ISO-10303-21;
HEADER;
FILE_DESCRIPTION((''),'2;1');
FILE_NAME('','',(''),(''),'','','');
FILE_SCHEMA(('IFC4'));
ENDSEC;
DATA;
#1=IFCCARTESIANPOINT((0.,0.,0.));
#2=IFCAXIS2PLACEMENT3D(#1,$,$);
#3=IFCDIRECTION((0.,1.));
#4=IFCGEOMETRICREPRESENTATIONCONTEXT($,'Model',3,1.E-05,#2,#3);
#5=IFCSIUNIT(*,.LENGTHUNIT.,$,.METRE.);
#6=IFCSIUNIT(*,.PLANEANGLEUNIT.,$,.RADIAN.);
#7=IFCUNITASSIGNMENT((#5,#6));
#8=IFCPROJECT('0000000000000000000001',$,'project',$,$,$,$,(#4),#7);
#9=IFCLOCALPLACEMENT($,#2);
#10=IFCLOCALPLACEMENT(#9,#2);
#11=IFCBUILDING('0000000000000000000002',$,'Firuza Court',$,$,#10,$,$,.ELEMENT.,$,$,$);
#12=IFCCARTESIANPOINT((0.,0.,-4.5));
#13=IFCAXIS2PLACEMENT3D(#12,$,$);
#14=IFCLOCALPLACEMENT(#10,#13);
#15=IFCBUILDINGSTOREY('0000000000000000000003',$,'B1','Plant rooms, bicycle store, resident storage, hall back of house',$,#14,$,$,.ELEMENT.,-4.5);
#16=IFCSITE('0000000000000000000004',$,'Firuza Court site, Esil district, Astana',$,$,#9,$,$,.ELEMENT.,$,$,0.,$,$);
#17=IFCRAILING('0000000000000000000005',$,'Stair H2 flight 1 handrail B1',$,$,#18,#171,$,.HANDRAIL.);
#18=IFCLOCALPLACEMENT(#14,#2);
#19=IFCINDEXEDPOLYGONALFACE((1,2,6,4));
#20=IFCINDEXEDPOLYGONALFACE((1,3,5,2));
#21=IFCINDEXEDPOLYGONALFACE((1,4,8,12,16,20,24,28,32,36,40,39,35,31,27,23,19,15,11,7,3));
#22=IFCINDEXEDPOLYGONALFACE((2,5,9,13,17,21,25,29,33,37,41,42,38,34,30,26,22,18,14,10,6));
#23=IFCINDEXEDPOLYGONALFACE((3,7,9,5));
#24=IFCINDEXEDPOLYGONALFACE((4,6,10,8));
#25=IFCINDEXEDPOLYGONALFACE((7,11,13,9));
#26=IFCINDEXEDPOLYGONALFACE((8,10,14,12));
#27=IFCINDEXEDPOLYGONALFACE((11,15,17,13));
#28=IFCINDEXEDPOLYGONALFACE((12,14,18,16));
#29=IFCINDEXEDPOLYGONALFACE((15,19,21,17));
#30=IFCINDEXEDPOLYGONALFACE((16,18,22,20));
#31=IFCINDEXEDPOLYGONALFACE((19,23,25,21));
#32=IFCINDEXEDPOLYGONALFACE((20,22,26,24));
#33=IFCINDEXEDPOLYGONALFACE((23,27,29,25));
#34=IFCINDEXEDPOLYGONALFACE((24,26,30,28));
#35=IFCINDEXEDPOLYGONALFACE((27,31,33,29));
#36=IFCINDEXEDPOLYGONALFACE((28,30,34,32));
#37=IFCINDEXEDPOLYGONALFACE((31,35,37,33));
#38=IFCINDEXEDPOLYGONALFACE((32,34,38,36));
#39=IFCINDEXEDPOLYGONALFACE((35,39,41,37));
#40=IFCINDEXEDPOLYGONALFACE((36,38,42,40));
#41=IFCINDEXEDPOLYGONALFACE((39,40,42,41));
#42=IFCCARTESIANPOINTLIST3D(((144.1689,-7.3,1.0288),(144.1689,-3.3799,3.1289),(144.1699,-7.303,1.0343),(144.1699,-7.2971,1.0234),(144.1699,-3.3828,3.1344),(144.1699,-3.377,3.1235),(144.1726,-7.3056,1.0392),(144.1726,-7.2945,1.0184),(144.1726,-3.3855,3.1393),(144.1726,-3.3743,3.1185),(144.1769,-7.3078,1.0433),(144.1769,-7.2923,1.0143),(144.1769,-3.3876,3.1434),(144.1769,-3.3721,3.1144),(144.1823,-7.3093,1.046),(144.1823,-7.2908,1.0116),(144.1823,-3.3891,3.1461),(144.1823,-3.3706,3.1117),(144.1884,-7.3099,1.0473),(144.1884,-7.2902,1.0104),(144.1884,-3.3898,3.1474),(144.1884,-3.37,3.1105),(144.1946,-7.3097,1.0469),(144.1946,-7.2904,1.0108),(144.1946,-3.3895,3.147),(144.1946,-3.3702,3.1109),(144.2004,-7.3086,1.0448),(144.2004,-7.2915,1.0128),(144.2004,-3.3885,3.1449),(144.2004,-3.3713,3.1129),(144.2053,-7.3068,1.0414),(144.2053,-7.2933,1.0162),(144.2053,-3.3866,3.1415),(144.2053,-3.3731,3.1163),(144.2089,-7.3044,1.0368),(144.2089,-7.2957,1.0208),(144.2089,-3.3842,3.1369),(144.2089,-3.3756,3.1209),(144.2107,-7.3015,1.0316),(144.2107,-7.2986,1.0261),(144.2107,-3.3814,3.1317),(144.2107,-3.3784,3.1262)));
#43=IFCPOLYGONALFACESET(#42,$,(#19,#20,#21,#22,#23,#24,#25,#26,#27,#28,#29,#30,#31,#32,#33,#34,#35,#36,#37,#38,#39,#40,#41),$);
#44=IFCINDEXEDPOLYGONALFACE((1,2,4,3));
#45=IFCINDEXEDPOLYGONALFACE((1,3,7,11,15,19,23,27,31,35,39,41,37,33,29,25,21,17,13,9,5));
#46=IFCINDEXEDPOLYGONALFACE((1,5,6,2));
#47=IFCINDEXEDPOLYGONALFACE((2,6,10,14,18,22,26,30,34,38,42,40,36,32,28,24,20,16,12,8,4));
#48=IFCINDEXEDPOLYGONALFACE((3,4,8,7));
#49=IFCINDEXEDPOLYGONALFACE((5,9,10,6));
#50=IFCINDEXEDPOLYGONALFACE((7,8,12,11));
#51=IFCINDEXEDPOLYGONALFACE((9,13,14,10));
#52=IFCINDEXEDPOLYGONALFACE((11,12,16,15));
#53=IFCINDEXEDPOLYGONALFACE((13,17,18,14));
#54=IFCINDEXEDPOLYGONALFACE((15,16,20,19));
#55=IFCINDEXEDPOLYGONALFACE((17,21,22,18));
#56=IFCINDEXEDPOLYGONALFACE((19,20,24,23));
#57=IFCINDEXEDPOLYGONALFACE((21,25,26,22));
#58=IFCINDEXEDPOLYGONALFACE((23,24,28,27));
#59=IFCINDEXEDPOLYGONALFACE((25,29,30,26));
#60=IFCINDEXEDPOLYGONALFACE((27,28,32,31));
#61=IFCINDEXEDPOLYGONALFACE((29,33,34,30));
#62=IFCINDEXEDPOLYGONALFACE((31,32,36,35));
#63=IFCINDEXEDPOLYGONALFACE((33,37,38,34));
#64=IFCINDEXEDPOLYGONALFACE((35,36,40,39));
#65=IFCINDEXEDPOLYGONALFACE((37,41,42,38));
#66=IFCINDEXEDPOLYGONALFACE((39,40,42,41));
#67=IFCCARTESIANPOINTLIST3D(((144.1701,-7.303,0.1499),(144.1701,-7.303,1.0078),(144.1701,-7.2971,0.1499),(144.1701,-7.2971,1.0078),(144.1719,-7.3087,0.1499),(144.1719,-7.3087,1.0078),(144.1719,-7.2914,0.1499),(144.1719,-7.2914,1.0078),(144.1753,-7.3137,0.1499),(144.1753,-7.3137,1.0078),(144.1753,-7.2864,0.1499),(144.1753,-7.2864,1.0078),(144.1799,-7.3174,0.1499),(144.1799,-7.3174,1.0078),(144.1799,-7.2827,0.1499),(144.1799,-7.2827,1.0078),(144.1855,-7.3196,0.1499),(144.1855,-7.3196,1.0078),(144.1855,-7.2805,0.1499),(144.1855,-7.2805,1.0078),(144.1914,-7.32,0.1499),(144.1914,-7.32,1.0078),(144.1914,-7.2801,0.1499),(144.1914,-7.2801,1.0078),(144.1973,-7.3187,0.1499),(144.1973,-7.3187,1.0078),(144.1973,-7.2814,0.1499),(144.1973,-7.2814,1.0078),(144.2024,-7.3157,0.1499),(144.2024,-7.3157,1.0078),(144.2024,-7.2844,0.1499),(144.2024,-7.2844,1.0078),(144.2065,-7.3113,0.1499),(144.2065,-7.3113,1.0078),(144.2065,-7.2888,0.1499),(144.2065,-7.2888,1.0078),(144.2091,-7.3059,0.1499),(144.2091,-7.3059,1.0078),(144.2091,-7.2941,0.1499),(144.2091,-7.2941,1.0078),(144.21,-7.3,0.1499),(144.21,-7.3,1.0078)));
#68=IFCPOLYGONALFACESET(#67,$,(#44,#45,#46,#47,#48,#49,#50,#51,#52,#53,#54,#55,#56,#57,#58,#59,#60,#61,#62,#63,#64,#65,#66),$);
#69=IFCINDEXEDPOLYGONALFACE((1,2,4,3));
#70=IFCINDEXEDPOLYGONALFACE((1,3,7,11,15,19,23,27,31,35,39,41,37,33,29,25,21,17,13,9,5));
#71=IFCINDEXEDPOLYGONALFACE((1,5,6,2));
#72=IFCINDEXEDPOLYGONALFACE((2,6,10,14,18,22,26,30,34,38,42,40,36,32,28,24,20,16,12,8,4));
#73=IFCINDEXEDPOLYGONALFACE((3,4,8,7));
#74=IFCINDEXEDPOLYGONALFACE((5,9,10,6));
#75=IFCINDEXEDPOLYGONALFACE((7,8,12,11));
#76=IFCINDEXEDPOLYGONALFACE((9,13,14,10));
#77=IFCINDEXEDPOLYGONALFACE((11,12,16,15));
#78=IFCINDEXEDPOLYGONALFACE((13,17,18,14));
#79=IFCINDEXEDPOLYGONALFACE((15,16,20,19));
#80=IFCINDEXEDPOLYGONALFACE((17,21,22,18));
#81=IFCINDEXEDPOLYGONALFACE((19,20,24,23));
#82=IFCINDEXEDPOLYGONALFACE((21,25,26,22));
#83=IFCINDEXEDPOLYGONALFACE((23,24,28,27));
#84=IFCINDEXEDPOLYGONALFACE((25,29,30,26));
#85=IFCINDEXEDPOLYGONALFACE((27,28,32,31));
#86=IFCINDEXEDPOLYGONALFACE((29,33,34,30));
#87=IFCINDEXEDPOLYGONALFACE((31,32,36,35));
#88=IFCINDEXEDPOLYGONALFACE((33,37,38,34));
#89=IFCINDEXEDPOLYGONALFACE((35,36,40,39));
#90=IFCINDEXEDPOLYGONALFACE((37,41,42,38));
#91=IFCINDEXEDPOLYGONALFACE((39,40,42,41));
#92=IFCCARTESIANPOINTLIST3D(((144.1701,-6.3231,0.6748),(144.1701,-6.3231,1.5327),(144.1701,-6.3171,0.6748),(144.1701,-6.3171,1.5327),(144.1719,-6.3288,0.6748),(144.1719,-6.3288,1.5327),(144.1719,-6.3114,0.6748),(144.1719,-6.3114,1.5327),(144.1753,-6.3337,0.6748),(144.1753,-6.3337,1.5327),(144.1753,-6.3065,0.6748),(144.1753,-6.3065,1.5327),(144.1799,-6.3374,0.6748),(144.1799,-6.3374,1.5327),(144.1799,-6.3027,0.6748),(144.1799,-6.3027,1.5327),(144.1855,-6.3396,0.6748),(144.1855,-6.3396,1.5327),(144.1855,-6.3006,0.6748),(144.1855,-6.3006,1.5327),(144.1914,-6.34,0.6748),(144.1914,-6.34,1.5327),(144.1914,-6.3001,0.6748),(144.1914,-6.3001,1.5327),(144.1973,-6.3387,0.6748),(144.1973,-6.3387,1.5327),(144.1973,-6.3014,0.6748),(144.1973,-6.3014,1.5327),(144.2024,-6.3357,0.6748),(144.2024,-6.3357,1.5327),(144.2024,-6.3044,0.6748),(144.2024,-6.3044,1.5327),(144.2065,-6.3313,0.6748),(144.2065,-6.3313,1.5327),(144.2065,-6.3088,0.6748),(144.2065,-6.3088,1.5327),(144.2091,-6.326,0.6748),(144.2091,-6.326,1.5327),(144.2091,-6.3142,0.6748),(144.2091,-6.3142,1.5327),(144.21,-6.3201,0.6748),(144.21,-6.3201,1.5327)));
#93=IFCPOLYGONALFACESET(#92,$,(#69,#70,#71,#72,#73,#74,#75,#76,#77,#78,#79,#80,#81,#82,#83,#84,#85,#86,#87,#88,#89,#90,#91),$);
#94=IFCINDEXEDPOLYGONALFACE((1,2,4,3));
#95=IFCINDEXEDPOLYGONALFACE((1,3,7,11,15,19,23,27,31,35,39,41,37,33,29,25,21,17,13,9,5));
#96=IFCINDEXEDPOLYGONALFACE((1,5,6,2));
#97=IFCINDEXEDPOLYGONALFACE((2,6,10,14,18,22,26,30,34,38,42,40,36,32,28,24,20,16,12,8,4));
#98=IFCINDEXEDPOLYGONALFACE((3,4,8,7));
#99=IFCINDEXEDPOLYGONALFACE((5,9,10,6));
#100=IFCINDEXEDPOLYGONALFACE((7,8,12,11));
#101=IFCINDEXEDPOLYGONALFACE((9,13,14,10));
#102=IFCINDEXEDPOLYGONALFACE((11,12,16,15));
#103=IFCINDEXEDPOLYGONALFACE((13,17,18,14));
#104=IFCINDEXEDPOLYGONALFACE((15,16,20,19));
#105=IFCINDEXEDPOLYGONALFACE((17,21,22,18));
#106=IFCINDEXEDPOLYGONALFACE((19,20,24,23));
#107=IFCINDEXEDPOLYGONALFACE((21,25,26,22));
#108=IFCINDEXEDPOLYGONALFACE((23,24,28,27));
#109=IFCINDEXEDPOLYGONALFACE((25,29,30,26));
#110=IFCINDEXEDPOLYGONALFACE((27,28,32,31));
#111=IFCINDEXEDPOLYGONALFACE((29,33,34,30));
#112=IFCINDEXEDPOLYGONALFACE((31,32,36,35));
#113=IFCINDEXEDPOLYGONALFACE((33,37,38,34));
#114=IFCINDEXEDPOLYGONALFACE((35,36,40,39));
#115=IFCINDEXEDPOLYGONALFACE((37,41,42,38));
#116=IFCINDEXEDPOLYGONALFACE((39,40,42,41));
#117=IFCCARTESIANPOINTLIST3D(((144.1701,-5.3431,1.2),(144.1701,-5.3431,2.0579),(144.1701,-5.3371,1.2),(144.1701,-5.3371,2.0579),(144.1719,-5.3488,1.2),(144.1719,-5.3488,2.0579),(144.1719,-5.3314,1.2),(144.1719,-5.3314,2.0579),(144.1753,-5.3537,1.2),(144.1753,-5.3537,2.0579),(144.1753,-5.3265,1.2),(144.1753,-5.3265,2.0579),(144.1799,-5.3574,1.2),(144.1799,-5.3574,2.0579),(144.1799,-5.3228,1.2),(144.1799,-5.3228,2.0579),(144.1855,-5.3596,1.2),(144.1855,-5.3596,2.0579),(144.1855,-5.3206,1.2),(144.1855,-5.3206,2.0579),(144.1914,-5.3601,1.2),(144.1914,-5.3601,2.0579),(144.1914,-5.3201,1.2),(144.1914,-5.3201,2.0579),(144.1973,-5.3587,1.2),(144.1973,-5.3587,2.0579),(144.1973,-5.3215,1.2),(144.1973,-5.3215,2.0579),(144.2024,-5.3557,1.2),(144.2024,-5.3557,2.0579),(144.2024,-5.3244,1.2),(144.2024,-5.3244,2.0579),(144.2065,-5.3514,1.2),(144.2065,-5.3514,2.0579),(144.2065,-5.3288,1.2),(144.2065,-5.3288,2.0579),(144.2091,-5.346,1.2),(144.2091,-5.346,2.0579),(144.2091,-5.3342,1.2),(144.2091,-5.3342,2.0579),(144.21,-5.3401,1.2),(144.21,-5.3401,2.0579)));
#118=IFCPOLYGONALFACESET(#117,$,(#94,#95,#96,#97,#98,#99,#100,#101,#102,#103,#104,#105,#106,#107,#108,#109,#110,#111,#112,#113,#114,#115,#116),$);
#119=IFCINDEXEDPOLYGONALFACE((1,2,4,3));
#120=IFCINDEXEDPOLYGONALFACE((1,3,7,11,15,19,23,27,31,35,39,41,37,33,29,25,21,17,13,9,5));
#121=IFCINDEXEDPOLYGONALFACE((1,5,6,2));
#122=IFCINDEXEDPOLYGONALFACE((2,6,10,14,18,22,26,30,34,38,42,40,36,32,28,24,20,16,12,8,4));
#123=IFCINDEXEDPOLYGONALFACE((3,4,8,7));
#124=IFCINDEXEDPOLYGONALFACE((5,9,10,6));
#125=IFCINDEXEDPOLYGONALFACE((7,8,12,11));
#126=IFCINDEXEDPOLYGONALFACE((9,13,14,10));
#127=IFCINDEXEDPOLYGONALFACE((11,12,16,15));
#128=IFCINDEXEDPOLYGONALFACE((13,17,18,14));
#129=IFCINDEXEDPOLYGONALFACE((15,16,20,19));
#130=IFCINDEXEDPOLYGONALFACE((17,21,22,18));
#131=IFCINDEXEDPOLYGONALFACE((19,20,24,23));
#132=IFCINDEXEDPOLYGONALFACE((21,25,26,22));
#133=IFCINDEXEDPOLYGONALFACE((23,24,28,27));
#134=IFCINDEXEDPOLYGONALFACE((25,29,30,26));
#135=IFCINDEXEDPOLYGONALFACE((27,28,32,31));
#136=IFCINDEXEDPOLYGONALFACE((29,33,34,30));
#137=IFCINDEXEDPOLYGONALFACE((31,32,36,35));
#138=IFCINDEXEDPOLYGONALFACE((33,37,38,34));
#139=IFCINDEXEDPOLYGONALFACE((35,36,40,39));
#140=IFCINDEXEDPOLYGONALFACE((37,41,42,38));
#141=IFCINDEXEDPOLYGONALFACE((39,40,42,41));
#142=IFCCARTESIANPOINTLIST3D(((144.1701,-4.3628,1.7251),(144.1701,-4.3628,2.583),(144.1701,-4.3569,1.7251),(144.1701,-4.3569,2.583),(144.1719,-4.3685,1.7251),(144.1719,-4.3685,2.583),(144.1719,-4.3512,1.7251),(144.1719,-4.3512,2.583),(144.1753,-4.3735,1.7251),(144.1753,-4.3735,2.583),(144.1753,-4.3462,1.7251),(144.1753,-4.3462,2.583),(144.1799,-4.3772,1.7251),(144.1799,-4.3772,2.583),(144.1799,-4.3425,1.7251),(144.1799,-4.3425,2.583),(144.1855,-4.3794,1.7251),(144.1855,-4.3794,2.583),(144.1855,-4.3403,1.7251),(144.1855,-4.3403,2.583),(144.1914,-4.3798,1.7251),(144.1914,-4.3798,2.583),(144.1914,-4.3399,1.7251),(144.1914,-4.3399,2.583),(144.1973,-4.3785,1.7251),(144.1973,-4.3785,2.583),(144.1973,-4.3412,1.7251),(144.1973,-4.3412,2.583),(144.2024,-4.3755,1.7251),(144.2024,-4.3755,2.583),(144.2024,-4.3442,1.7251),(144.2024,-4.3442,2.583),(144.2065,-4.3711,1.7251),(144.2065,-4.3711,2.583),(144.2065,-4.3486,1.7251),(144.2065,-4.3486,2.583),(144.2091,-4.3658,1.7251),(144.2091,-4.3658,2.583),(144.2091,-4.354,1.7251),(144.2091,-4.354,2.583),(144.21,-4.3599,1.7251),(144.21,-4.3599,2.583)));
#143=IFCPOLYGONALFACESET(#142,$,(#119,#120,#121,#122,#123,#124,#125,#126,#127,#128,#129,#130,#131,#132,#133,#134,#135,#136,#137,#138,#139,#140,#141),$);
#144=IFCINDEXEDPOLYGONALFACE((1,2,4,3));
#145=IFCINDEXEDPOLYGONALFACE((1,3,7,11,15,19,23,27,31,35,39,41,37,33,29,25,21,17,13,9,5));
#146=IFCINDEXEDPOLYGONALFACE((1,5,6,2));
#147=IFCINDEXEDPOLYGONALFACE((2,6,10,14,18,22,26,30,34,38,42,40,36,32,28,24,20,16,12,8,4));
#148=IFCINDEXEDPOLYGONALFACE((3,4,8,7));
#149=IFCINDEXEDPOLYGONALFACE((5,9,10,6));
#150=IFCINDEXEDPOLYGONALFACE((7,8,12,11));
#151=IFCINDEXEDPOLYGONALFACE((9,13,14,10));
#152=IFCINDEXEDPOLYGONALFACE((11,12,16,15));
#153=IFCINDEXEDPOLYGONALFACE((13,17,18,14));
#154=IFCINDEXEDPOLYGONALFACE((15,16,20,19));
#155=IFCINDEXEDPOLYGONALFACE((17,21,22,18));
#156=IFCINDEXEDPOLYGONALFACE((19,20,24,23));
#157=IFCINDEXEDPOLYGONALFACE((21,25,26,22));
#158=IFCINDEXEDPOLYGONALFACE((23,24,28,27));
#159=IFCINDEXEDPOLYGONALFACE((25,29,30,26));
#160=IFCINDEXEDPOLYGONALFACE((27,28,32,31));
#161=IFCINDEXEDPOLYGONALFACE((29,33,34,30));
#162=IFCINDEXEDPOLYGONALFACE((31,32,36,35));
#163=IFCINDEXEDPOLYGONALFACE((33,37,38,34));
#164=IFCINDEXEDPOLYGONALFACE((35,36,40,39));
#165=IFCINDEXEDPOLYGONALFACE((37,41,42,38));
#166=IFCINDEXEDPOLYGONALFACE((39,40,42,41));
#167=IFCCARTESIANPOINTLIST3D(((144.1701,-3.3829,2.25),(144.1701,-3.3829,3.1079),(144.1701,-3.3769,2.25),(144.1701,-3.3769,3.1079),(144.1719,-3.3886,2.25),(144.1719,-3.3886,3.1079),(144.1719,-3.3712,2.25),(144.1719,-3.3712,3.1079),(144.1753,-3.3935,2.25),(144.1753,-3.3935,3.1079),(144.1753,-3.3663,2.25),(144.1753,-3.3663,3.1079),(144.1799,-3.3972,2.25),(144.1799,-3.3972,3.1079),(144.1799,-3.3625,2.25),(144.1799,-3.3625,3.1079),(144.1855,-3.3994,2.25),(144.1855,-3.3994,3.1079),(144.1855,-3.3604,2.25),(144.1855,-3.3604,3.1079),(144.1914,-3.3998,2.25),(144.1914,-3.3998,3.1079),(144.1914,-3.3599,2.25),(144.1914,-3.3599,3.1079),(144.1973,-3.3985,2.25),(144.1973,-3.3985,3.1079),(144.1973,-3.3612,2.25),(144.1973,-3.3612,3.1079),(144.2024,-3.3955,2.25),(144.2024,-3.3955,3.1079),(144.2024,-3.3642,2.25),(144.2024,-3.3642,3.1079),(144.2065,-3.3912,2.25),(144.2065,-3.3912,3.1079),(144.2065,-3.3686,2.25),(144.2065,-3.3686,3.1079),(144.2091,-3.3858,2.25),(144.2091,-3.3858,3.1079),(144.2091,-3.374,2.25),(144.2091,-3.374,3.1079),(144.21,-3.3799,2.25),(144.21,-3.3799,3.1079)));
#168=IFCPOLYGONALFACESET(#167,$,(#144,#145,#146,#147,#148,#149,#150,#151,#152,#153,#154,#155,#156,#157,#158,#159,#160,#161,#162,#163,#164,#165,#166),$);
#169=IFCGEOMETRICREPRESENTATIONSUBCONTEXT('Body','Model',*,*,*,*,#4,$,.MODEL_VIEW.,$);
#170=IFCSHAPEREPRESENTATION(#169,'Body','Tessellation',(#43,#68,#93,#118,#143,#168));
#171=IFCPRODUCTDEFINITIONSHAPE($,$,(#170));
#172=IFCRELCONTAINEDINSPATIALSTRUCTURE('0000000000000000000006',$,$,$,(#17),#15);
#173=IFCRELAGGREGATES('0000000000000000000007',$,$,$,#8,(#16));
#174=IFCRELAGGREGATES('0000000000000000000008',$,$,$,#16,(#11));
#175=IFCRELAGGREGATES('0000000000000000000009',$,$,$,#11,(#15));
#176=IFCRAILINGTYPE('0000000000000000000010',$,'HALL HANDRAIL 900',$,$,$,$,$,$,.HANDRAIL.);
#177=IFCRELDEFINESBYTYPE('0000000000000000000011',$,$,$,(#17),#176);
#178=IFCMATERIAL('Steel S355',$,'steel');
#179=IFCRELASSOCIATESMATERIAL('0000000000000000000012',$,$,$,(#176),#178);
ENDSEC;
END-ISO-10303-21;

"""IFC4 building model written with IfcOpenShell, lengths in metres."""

from ifc_helpers import new_model, si_unit, direction, frame, origin, origin_2d, place, context, subcontext, project, spatial, circle, extrude, material, type_object, element, save


model = new_model("IFC4")

# Units and contexts
model_context = context("Model", 3, precision=1e-05, world=origin(), true_north=direction((0.0, 1.0)))
body_context = subcontext(model_context, "Body", "Model", "MODEL_VIEW")
ifc_project = project(units=[si_unit("LENGTHUNIT", "METRE"), si_unit("PLANEANGLEUNIT", "RADIAN")], contexts=[model_context])

# Site, building, storey
site_placement = place(None, origin())
site = spatial("IfcSite", under=ifc_project, at=site_placement, Name="Firuza Court site, Esil district, Astana", CompositionType="ELEMENT", RefElevation=0.0)
building_placement = place(site_placement, origin())
building = spatial("IfcBuilding", under=site, at=building_placement, Name="Firuza Court", CompositionType="ELEMENT")
storey_placement = place(building_placement, frame((0.0, 0.0, -4.5)))
storey = spatial("IfcBuildingStorey", under=building, at=storey_placement, Name="B1", Description="Plant rooms, bicycle store, resident storage, hall back of house", CompositionType="ELEMENT", Elevation=-4.5)

# Railing
ifc_material_1 = material(Name="Steel S355", Category="steel")
railing_type = type_object("IfcRailingType", Name="HALL HANDRAIL 900", PredefinedType="HANDRAIL", material=ifc_material_1)
railing_placement = place(storey_placement, frame((144.1899, -7.3, 0.1499)))
element("IfcRailing", 1, at=railing_placement, inside=storey, type_object=railing_type, Name="Stair H2 flight 1 handrail B1", PredefinedType="HANDRAIL", context=body_context, shape_type="SweptSolid", body=[
    extrude(circle(Radius=0.021, at=origin_2d()), frame((0.0, 0.0, 0.8789), z_axis=(0.0, 0.881479, 0.472223), x_axis=(-1.0, 0.0, 0.0)), (0.0, 0.0, 1.0), 4.4473),
    extrude(circle(Radius=0.02, at=origin_2d()), origin(), (0.0, 0.0, 1.0), 0.8579),
    extrude(circle(Radius=0.02, at=origin_2d()), frame((0.0, 0.98, 0.5249)), (0.0, 0.0, 1.0), 0.8579),
    extrude(circle(Radius=0.02, at=origin_2d()), frame((0.0, 1.96, 1.05)), (0.0, 0.0, 1.0), 0.8579),
    extrude(circle(Radius=0.02, at=origin_2d()), frame((0.0, 2.9402, 1.5752)), (0.0, 0.0, 1.0), 0.8579),
    extrude(circle(Radius=0.02, at=origin_2d()), frame((0.0, 3.9202, 2.1001)), (0.0, 0.0, 1.0), 0.8579),
])

save(model, "model.ifc")
